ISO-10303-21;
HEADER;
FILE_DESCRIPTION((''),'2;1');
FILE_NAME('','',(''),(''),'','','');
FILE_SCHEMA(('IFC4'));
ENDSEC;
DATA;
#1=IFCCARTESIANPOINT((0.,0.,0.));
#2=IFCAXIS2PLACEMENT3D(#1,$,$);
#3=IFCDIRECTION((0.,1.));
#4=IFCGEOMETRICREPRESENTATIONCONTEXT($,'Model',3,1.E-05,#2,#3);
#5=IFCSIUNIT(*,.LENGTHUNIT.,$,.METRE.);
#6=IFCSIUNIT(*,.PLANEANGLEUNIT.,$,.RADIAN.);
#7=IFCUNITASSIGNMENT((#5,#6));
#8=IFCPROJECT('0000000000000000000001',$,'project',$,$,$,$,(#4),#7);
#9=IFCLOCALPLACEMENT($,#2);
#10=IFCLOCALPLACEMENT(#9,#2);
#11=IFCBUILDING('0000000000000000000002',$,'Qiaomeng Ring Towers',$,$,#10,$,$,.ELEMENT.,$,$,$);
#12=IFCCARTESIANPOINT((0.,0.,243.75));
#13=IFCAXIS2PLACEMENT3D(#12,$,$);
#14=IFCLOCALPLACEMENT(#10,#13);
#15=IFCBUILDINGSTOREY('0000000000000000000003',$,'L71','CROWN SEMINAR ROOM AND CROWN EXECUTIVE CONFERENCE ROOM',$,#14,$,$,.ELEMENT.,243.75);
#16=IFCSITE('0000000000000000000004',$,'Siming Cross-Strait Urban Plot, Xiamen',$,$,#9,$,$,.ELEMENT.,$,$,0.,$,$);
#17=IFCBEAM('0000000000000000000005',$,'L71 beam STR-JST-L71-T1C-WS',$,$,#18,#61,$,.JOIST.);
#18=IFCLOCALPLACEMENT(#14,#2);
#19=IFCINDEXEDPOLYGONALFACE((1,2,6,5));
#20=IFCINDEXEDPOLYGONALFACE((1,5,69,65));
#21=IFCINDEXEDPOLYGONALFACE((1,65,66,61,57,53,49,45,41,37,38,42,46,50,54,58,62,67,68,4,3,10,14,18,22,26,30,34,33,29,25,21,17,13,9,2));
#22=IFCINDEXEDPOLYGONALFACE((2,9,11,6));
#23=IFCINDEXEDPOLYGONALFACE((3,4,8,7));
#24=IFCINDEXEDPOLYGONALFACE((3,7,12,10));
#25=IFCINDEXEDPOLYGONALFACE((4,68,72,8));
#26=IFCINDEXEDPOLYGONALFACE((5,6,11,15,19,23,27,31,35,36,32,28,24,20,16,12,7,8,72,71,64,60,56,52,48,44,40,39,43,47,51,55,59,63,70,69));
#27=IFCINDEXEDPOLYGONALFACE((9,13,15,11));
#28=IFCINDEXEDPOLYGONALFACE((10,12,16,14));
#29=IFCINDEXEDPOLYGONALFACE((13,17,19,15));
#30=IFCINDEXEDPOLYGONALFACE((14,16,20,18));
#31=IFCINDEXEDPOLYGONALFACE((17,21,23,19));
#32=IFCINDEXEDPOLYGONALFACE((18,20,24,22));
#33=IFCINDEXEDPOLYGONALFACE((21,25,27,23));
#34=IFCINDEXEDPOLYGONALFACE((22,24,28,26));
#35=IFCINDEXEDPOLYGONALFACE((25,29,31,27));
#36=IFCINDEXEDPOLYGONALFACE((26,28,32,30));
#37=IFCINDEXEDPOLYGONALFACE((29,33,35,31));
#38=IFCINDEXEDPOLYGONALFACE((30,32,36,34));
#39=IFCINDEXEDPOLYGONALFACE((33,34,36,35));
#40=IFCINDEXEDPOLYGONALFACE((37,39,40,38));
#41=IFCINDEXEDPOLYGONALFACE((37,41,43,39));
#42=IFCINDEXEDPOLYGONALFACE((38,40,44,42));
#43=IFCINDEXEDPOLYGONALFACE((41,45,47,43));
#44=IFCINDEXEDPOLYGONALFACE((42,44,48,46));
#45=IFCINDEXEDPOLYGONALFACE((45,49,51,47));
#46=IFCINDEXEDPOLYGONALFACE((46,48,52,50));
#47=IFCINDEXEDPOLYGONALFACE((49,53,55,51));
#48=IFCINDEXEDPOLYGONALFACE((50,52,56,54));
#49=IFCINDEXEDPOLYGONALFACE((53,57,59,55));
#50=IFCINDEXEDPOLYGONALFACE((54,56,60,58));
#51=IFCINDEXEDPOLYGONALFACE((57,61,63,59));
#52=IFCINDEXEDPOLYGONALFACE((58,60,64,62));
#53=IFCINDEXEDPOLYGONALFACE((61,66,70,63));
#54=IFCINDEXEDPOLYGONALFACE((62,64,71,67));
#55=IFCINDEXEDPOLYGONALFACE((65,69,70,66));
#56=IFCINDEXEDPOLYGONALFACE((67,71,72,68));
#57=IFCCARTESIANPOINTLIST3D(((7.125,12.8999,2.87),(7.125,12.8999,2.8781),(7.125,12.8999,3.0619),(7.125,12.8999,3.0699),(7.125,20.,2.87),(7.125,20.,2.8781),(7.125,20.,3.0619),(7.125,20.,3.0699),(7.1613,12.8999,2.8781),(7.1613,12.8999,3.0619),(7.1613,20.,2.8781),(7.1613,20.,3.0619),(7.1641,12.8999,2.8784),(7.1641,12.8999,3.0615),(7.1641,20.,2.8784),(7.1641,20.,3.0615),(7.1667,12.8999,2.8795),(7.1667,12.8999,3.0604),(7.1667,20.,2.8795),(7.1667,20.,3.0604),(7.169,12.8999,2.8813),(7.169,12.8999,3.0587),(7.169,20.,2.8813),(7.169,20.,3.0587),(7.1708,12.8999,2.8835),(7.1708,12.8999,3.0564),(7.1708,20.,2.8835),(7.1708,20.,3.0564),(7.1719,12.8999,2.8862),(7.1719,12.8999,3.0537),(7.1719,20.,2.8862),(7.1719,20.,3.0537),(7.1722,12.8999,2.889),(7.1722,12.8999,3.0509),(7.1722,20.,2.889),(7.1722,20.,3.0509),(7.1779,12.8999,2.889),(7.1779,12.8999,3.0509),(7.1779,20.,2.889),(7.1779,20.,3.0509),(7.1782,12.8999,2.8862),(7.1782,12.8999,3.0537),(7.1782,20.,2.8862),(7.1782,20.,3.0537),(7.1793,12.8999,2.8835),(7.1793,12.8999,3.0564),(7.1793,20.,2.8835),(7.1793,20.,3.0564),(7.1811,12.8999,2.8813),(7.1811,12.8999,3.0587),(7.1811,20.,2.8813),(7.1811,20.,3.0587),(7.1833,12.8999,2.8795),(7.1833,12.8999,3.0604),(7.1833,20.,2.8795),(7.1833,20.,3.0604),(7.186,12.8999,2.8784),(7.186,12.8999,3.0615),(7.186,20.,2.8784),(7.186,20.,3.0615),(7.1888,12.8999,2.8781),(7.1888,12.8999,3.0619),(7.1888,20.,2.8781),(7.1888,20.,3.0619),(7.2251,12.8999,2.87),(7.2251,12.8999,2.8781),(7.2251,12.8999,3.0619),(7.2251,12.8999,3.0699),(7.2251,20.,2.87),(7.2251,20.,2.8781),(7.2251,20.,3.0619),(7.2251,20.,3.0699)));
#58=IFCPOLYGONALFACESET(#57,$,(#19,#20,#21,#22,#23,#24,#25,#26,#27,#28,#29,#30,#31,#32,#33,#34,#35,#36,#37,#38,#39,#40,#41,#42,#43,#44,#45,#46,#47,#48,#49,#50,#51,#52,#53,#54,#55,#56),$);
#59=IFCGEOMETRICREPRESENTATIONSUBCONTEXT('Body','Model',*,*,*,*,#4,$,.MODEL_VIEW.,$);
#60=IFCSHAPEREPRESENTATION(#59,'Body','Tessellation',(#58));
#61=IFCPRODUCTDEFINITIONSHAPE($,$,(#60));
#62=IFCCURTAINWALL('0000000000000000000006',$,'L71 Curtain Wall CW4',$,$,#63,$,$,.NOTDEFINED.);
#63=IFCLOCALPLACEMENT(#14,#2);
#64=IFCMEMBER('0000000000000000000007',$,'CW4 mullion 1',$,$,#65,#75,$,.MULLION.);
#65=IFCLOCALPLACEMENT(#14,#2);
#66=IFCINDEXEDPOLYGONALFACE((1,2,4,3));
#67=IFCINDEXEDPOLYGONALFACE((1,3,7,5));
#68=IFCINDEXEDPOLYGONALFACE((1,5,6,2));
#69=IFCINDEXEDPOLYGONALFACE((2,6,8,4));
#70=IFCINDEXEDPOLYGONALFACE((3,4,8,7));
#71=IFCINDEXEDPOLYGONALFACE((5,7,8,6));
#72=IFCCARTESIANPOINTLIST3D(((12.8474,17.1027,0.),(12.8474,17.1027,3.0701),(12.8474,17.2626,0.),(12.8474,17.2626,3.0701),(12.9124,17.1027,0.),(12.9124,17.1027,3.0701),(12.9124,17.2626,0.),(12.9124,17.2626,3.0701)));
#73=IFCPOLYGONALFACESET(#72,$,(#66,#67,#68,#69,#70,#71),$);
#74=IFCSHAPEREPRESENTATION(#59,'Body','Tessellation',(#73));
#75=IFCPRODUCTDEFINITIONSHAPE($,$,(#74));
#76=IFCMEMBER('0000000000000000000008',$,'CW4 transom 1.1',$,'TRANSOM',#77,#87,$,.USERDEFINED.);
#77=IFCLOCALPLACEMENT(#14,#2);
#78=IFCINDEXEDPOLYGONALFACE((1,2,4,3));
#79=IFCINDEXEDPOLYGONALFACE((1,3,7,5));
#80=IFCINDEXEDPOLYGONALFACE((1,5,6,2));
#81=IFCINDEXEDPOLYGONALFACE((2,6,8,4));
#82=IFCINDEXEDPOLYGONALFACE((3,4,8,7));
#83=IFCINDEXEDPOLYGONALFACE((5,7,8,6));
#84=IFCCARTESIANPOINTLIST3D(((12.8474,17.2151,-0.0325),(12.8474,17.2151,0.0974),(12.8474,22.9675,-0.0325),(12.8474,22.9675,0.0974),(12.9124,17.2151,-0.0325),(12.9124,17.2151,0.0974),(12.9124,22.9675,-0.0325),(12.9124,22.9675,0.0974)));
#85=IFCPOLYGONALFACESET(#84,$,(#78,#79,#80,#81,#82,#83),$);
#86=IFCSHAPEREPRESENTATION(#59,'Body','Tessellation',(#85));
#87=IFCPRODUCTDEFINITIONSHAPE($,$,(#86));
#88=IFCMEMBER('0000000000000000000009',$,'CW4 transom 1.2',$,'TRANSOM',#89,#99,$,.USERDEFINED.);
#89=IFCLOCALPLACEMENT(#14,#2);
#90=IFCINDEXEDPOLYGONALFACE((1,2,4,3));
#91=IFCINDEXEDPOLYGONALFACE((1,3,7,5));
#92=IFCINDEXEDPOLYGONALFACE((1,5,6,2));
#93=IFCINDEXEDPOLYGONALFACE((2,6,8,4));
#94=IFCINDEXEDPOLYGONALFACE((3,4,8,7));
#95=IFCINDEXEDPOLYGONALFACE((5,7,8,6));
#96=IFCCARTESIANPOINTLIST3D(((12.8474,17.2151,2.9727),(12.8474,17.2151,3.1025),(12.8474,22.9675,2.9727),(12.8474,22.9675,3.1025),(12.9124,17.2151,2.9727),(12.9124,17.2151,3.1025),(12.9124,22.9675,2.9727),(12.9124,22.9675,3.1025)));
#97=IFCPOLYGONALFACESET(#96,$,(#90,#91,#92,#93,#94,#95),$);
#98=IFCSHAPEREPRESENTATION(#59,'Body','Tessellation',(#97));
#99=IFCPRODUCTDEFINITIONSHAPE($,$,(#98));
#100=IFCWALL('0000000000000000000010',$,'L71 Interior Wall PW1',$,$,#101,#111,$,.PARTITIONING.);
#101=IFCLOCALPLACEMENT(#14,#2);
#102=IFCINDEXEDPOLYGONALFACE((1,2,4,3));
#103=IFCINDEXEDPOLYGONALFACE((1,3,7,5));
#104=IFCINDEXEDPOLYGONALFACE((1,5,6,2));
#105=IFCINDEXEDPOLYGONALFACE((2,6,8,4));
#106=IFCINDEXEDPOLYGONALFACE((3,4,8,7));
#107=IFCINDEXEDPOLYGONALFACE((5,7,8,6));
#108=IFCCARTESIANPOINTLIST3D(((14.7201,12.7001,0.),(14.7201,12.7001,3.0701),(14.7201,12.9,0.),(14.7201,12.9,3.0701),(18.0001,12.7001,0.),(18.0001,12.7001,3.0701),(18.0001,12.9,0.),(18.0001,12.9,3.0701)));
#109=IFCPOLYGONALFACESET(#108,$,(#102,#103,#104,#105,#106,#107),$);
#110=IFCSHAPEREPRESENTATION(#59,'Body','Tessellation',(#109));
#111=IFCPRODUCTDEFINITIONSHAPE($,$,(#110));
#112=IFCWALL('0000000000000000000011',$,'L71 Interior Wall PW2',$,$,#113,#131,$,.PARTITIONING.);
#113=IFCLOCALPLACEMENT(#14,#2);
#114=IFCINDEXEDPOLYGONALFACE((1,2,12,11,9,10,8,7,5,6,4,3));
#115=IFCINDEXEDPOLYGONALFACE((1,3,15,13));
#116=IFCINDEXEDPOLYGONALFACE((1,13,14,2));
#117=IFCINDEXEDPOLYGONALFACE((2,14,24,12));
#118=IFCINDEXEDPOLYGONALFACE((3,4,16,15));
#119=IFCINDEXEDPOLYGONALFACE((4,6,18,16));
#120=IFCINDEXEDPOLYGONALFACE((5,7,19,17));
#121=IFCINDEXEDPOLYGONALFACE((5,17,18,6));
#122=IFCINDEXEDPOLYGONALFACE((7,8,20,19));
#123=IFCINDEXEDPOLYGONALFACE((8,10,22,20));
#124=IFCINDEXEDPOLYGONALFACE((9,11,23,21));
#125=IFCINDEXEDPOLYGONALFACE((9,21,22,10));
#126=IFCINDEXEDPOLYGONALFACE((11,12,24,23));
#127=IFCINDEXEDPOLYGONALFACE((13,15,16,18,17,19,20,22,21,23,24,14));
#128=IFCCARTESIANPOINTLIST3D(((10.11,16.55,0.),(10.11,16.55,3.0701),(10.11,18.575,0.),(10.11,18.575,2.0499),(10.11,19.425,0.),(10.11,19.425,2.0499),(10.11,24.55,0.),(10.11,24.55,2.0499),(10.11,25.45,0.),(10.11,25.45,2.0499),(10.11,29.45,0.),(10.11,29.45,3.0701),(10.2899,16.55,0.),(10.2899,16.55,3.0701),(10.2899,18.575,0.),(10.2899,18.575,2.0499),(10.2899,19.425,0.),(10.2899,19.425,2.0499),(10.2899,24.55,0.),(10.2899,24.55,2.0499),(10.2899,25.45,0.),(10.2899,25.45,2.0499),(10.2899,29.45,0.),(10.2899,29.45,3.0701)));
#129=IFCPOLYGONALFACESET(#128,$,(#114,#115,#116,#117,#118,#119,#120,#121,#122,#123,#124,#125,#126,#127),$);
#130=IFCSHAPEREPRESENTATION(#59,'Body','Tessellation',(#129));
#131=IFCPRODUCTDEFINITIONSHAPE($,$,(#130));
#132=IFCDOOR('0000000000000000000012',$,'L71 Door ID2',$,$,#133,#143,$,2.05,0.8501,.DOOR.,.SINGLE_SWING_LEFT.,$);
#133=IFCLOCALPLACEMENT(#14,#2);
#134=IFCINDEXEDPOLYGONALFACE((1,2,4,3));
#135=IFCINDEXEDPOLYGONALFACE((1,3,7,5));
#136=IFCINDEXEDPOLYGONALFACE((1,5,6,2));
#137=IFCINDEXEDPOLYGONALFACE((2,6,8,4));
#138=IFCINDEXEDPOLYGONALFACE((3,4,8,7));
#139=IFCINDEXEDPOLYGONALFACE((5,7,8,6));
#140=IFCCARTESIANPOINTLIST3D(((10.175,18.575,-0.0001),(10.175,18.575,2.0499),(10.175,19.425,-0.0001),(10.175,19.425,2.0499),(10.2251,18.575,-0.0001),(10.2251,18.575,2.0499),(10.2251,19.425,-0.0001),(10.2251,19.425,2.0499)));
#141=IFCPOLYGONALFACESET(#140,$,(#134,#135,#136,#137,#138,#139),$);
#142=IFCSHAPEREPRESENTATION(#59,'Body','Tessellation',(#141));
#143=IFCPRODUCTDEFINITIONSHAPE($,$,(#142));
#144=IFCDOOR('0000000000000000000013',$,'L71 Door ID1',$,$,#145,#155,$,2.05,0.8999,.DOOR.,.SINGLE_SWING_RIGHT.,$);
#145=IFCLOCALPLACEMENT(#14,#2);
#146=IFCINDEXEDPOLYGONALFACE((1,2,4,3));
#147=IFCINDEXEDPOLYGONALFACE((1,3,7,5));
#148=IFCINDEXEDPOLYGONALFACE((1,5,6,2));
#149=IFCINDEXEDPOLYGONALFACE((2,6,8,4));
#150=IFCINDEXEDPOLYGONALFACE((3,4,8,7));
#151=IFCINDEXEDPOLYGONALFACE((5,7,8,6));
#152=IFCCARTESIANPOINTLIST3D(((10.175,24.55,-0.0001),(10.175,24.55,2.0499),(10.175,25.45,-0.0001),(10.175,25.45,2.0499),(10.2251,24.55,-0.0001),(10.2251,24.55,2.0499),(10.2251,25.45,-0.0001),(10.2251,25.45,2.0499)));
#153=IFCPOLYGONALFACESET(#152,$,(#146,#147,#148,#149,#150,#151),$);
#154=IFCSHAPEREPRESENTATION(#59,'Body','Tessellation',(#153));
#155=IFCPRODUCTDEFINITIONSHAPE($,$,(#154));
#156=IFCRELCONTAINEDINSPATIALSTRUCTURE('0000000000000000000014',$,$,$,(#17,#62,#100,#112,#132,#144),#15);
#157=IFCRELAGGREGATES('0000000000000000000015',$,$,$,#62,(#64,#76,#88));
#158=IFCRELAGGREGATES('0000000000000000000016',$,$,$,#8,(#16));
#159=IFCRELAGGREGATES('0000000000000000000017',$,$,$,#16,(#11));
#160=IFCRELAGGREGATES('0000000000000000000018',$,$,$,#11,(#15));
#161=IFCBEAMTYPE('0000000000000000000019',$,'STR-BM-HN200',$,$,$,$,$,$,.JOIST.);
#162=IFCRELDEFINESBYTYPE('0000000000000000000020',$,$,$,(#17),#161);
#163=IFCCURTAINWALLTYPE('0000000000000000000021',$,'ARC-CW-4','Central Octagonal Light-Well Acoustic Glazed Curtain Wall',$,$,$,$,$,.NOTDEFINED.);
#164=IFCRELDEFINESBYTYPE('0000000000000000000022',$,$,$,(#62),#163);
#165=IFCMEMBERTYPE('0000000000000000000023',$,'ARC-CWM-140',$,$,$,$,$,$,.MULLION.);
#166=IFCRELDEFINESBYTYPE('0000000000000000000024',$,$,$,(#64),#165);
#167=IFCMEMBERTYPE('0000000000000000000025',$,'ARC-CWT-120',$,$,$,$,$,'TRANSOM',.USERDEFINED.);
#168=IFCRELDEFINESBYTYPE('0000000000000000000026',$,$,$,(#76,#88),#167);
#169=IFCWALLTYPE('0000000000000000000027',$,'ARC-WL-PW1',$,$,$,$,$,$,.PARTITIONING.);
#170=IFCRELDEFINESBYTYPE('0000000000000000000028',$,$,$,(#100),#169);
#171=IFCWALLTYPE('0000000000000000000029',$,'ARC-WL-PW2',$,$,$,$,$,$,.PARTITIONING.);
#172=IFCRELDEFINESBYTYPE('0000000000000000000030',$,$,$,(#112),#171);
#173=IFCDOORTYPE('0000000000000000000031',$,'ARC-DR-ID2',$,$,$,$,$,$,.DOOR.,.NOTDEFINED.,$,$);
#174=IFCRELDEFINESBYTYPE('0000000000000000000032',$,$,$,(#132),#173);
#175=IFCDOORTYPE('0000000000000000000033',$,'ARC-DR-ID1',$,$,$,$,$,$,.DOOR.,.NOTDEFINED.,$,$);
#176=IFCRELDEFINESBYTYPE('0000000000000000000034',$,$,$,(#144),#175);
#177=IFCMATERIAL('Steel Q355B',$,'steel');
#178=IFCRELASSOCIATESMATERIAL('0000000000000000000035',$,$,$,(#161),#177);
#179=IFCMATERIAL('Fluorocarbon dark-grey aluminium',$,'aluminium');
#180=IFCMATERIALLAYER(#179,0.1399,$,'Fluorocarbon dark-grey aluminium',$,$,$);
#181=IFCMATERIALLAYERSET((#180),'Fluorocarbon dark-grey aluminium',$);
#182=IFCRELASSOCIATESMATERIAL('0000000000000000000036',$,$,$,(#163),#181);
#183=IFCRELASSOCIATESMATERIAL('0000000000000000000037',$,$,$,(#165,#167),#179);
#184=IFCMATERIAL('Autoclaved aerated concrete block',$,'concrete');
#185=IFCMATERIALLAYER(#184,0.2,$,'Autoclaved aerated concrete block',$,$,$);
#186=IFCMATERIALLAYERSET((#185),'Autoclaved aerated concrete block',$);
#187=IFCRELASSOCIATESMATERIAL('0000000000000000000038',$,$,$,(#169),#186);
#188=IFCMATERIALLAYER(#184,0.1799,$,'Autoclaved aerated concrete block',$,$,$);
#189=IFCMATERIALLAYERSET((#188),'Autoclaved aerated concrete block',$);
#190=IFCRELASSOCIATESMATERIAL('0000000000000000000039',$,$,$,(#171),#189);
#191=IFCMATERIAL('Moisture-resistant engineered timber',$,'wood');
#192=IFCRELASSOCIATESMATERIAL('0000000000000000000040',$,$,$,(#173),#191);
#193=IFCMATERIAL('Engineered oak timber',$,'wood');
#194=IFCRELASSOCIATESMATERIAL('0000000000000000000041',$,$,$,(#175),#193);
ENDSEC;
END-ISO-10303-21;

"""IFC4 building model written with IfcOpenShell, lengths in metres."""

from ifc_helpers import new_model, si_unit, direction, frame, frame_2d, origin, origin_2d, place, context, subcontext, project, spatial, rectangle, i_section, extrude, source, transform, mapped, material, layer, layer_set, material_profile, profile_set, type_object, element, fill, aggregate, save


model = new_model("IFC4")

# Units and contexts
model_context = context("Model", 3, precision=1e-05, world=origin(), true_north=direction((0.0, 1.0)))
body_context = subcontext(model_context, "Body", "Model", "MODEL_VIEW")
ifc_project = project(units=[si_unit("LENGTHUNIT", "METRE"), si_unit("PLANEANGLEUNIT", "RADIAN")], contexts=[model_context])

# Site, building, storey
site_placement = place(None, origin())
site = spatial("IfcSite", under=ifc_project, at=site_placement, Name="Siming Cross-Strait Urban Plot, Xiamen", CompositionType="ELEMENT", RefElevation=0.0)
building_placement = place(site_placement, origin())
building = spatial("IfcBuilding", under=site, at=building_placement, Name="Qiaomeng Ring Towers", CompositionType="ELEMENT")
storey_placement = place(building_placement, frame((0.0, 0.0, 243.75)))
storey = spatial("IfcBuildingStorey", under=building, at=storey_placement, Name="L71", Description="CROWN SEMINAR ROOM AND CROWN EXECUTIVE CONFERENCE ROOM", CompositionType="ELEMENT", Elevation=243.75)

# Beam
ifc_material_1 = material(Name="Steel Q355B", Category="steel")
ifc_material_profile_1 = material_profile(ifc_material_1, i_section(OverallWidth=0.1001, OverallDepth=0.2, WebThickness=0.0056, FlangeThickness=0.0081, FilletRadius=0.011, at=origin_2d()), Name="HN 200x100x5.5x8")
ifc_profile_set_1 = profile_set([ifc_material_profile_1], Name="Steel Q355B")
beam_type_1 = type_object("IfcBeamType", Name="STR-BM-HN200", PredefinedType="JOIST", material=ifc_profile_set_1)
shared_shape_1 = source(origin(), body_context, "Body", "SweptSolid", [
    extrude(i_section(OverallWidth=0.1001, OverallDepth=0.2, WebThickness=0.0056, FlangeThickness=0.0081, FilletRadius=0.011, at=origin_2d()), origin(), (0.0, 0.0, 1.0), 7.1001),
])
beam_1_placement = place(storey_placement, frame((7.175, 12.8999, 2.97), z_axis=(0.0, 1.0, 0.0), x_axis=(-1.0, 0.0, 0.0)))
element("IfcBeam", 1, at=beam_1_placement, inside=storey, type_object=beam_type_1, Name="L71 beam STR-JST-L71-T1C-WS", PredefinedType="JOIST", context=body_context, shape_type="MappedRepresentation", body=[
    mapped(shared_shape_1, transform((0.0, 0.0, 0.0), x_axis=(1.0, 0.0, 0.0), y_axis=(0.0, 1.0, 0.0), z_axis=(0.0, 0.0, 1.0), scale=1.0)),
])

# Curtain wall, members
ifc_material_2 = material(Name="Fluorocarbon dark-grey aluminium", Category="aluminium")
ifc_layer_1 = layer(ifc_material_2, 0.1399, Name="Fluorocarbon dark-grey aluminium")
ifc_layer_set_1 = layer_set([ifc_layer_1], Name="Fluorocarbon dark-grey aluminium")
curtain_wall_type = type_object("IfcCurtainWallType", Name="ARC-CW-4", Description="Central Octagonal Light-Well Acoustic Glazed Curtain Wall", PredefinedType="NOTDEFINED", material=ifc_layer_set_1)
curtain_wall_placement = place(storey_placement, origin())
curtain_wall = element("IfcCurtainWall", 2, at=curtain_wall_placement, inside=storey, type_object=curtain_wall_type, Name="L71 Curtain Wall CW4", PredefinedType="NOTDEFINED")
ifc_material_profile_2 = material_profile(ifc_material_2, rectangle(XDim=0.0649, YDim=0.1599, at=origin_2d()), Name="ALU MULL 65x160")
ifc_profile_set_2 = profile_set([ifc_material_profile_2], Name="Fluorocarbon dark-grey aluminium")
member_type_1 = type_object("IfcMemberType", Name="ARC-CWM-140", PredefinedType="MULLION", material=ifc_profile_set_2)
shared_shape_2 = source(origin(), body_context, "Body", "SweptSolid", [
    extrude(rectangle(XDim=0.0649, YDim=0.1599, at=origin_2d()), origin(), (0.0, 0.0, 1.0), 3.0701),
])
member_1_placement = place(storey_placement, frame((12.8799, 17.1826, 0.0), z_axis=(0.0, 0.0, 1.0), x_axis=(-1.0, 0.0, 0.0)))
member_1 = element("IfcMember", 3, at=member_1_placement, type_object=member_type_1, Name="CW4 mullion 1", PredefinedType="MULLION", context=body_context, shape_type="MappedRepresentation", body=[
    mapped(shared_shape_2, transform((0.0, 0.0, 0.0), x_axis=(1.0, 0.0, 0.0), y_axis=(0.0, 1.0, 0.0), z_axis=(0.0, 0.0, 1.0), scale=1.0)),
])
ifc_material_profile_3 = material_profile(ifc_material_2, rectangle(XDim=0.0649, YDim=0.1299, at=origin_2d()), Name="ALU TRAN 65x130")
ifc_profile_set_3 = profile_set([ifc_material_profile_3], Name="Fluorocarbon dark-grey aluminium")
member_type_2 = type_object("IfcMemberType", Name="ARC-CWT-120", ElementType="TRANSOM", PredefinedType="USERDEFINED", material=ifc_profile_set_3)
shared_shape_3 = source(origin(), body_context, "Body", "SweptSolid", [
    extrude(rectangle(XDim=0.0649, YDim=0.1299, at=origin_2d()), origin(), (0.0, 0.0, 1.0), 5.7524),
])
member_2_placement = place(storey_placement, frame((12.8799, 17.2151, 0.0325), z_axis=(0.0, 1.0, 0.0), x_axis=(-1.0, 0.0, 0.0)))
member_2 = element("IfcMember", 4, at=member_2_placement, type_object=member_type_2, Name="CW4 transom 1.1", ObjectType="TRANSOM", PredefinedType="USERDEFINED", context=body_context, shape_type="MappedRepresentation", body=[
    mapped(shared_shape_3, transform((0.0, 0.0, 0.0), x_axis=(1.0, 0.0, 0.0), y_axis=(0.0, 1.0, 0.0), z_axis=(0.0, 0.0, 1.0), scale=1.0)),
])
member_3_placement = place(storey_placement, frame((12.8799, 17.2151, 3.0376), z_axis=(0.0, 1.0, 0.0), x_axis=(-1.0, 0.0, 0.0)))
member_3 = element("IfcMember", 5, at=member_3_placement, type_object=member_type_2, Name="CW4 transom 1.2", ObjectType="TRANSOM", PredefinedType="USERDEFINED", context=body_context, shape_type="MappedRepresentation", body=[
    mapped(shared_shape_3, transform((0.0, 0.0, 0.0), x_axis=(1.0, 0.0, 0.0), y_axis=(0.0, 1.0, 0.0), z_axis=(0.0, 0.0, 1.0), scale=1.0)),
])
aggregate(curtain_wall, [member_1, member_2, member_3])

# Wall
ifc_material_3 = material(Name="Autoclaved aerated concrete block", Category="concrete")
ifc_layer_2 = layer(ifc_material_3, 0.2, Name="Autoclaved aerated concrete block")
ifc_layer_set_2 = layer_set([ifc_layer_2], Name="Autoclaved aerated concrete block")
wall_type_1 = type_object("IfcWallType", Name="ARC-WL-PW1", PredefinedType="PARTITIONING", material=ifc_layer_set_2)
wall_1_placement = place(storey_placement, frame((14.72, 12.8, 0.0), z_axis=(0.0, 0.0, 1.0), x_axis=(1.0, 0.0, 0.0)))
element("IfcWall", 6, at=wall_1_placement, inside=storey, type_object=wall_type_1, Name="L71 Interior Wall PW1", PredefinedType="PARTITIONING", context=body_context, shape_type="SweptSolid", body=[
    extrude(rectangle(XDim=3.28, YDim=0.2, at=frame_2d((1.6401, 0.0))), origin(), (0.0, 0.0, 1.0), 3.0701),
])

# Wall, openings, doors
ifc_layer_3 = layer(ifc_material_3, 0.1799, Name="Autoclaved aerated concrete block")
ifc_layer_set_3 = layer_set([ifc_layer_3], Name="Autoclaved aerated concrete block")
wall_type_2 = type_object("IfcWallType", Name="ARC-WL-PW2", PredefinedType="PARTITIONING", material=ifc_layer_set_3)
wall_2_placement = place(storey_placement, frame((10.2, 16.55, 0.0), z_axis=(0.0, 0.0, 1.0), x_axis=(0.0, 1.0, 0.0)))
wall_2 = element("IfcWall", 7, at=wall_2_placement, inside=storey, type_object=wall_type_2, Name="L71 Interior Wall PW2", PredefinedType="PARTITIONING", context=body_context, shape_type="SweptSolid", body=[
    extrude(rectangle(XDim=12.8999, YDim=0.1799, at=frame_2d((6.45, 0.0))), origin(), (0.0, 0.0, 1.0), 3.0701),
])
opening_1_placement = place(wall_2_placement, frame((2.0249, 0.0, 0.0)))
opening_1 = element("IfcOpeningElement", 8, at=opening_1_placement, cuts=wall_2, PredefinedType="OPENING", context=body_context, shape_type="SweptSolid", body=[
    extrude(rectangle(XDim=0.8501, YDim=2.05, at=frame_2d((0.425, 1.0249))), frame((0.0, 0.0999, 0.0), z_axis=(0.0, -1.0, 0.0), x_axis=(1.0, 0.0, 0.0)), (0.0, 0.0, 1.0), 0.2),
])
opening_2_placement = place(wall_2_placement, frame((8.0, 0.0, 0.0)))
opening_2 = element("IfcOpeningElement", 9, at=opening_2_placement, cuts=wall_2, PredefinedType="OPENING", context=body_context, shape_type="SweptSolid", body=[
    extrude(rectangle(XDim=0.8999, YDim=2.05, at=frame_2d((0.45, 1.0249))), frame((0.0, 0.0999, 0.0), z_axis=(0.0, -1.0, 0.0), x_axis=(1.0, 0.0, 0.0)), (0.0, 0.0, 1.0), 0.2),
])
ifc_material_4 = material(Name="Moisture-resistant engineered timber", Category="wood")
door_type_1 = type_object("IfcDoorType", Name="ARC-DR-ID2", OperationType="NOTDEFINED", PredefinedType="DOOR", material=ifc_material_4)
shared_shape_4 = source(origin(), body_context, "Body", "SweptSolid", [
    extrude(rectangle(XDim=0.8501, YDim=2.05, at=frame_2d((0.425, 1.0249))), frame((0.0, 0.0249, 0.0), z_axis=(0.0, -1.0, 0.0), x_axis=(1.0, 0.0, 0.0)), (0.0, 0.0, 1.0), 0.05),
])
door_1_placement = place(opening_1_placement, origin())
door_1 = element("IfcDoor", 10, at=door_1_placement, inside=storey, type_object=door_type_1, Name="L71 Door ID2", OperationType="SINGLE_SWING_LEFT", OverallHeight=2.05, OverallWidth=0.8501, PredefinedType="DOOR", context=body_context, shape_type="MappedRepresentation", body=[
    mapped(shared_shape_4, transform((0.0, 0.0, 0.0), x_axis=(1.0, 0.0, 0.0), y_axis=(0.0, 1.0, 0.0), z_axis=(0.0, 0.0, 1.0), scale=1.0)),
])
fill(opening_1, door_1)
ifc_material_5 = material(Name="Engineered oak timber", Category="wood")
door_type_2 = type_object("IfcDoorType", Name="ARC-DR-ID1", OperationType="NOTDEFINED", PredefinedType="DOOR", material=ifc_material_5)
shared_shape_5 = source(origin(), body_context, "Body", "SweptSolid", [
    extrude(rectangle(XDim=0.8999, YDim=2.05, at=frame_2d((0.45, 1.0249))), frame((0.0, 0.0249, 0.0), z_axis=(0.0, -1.0, 0.0), x_axis=(1.0, 0.0, 0.0)), (0.0, 0.0, 1.0), 0.05),
])
door_2_placement = place(opening_2_placement, origin())
door_2 = element("IfcDoor", 11, at=door_2_placement, inside=storey, type_object=door_type_2, Name="L71 Door ID1", OperationType="SINGLE_SWING_RIGHT", OverallHeight=2.05, OverallWidth=0.8999, PredefinedType="DOOR", context=body_context, shape_type="MappedRepresentation", body=[
    mapped(shared_shape_5, transform((0.0, 0.0, 0.0), x_axis=(1.0, 0.0, 0.0), y_axis=(0.0, 1.0, 0.0), z_axis=(0.0, 0.0, 1.0), scale=1.0)),
])
fill(opening_2, door_2)

save(model, "model.ifc")
